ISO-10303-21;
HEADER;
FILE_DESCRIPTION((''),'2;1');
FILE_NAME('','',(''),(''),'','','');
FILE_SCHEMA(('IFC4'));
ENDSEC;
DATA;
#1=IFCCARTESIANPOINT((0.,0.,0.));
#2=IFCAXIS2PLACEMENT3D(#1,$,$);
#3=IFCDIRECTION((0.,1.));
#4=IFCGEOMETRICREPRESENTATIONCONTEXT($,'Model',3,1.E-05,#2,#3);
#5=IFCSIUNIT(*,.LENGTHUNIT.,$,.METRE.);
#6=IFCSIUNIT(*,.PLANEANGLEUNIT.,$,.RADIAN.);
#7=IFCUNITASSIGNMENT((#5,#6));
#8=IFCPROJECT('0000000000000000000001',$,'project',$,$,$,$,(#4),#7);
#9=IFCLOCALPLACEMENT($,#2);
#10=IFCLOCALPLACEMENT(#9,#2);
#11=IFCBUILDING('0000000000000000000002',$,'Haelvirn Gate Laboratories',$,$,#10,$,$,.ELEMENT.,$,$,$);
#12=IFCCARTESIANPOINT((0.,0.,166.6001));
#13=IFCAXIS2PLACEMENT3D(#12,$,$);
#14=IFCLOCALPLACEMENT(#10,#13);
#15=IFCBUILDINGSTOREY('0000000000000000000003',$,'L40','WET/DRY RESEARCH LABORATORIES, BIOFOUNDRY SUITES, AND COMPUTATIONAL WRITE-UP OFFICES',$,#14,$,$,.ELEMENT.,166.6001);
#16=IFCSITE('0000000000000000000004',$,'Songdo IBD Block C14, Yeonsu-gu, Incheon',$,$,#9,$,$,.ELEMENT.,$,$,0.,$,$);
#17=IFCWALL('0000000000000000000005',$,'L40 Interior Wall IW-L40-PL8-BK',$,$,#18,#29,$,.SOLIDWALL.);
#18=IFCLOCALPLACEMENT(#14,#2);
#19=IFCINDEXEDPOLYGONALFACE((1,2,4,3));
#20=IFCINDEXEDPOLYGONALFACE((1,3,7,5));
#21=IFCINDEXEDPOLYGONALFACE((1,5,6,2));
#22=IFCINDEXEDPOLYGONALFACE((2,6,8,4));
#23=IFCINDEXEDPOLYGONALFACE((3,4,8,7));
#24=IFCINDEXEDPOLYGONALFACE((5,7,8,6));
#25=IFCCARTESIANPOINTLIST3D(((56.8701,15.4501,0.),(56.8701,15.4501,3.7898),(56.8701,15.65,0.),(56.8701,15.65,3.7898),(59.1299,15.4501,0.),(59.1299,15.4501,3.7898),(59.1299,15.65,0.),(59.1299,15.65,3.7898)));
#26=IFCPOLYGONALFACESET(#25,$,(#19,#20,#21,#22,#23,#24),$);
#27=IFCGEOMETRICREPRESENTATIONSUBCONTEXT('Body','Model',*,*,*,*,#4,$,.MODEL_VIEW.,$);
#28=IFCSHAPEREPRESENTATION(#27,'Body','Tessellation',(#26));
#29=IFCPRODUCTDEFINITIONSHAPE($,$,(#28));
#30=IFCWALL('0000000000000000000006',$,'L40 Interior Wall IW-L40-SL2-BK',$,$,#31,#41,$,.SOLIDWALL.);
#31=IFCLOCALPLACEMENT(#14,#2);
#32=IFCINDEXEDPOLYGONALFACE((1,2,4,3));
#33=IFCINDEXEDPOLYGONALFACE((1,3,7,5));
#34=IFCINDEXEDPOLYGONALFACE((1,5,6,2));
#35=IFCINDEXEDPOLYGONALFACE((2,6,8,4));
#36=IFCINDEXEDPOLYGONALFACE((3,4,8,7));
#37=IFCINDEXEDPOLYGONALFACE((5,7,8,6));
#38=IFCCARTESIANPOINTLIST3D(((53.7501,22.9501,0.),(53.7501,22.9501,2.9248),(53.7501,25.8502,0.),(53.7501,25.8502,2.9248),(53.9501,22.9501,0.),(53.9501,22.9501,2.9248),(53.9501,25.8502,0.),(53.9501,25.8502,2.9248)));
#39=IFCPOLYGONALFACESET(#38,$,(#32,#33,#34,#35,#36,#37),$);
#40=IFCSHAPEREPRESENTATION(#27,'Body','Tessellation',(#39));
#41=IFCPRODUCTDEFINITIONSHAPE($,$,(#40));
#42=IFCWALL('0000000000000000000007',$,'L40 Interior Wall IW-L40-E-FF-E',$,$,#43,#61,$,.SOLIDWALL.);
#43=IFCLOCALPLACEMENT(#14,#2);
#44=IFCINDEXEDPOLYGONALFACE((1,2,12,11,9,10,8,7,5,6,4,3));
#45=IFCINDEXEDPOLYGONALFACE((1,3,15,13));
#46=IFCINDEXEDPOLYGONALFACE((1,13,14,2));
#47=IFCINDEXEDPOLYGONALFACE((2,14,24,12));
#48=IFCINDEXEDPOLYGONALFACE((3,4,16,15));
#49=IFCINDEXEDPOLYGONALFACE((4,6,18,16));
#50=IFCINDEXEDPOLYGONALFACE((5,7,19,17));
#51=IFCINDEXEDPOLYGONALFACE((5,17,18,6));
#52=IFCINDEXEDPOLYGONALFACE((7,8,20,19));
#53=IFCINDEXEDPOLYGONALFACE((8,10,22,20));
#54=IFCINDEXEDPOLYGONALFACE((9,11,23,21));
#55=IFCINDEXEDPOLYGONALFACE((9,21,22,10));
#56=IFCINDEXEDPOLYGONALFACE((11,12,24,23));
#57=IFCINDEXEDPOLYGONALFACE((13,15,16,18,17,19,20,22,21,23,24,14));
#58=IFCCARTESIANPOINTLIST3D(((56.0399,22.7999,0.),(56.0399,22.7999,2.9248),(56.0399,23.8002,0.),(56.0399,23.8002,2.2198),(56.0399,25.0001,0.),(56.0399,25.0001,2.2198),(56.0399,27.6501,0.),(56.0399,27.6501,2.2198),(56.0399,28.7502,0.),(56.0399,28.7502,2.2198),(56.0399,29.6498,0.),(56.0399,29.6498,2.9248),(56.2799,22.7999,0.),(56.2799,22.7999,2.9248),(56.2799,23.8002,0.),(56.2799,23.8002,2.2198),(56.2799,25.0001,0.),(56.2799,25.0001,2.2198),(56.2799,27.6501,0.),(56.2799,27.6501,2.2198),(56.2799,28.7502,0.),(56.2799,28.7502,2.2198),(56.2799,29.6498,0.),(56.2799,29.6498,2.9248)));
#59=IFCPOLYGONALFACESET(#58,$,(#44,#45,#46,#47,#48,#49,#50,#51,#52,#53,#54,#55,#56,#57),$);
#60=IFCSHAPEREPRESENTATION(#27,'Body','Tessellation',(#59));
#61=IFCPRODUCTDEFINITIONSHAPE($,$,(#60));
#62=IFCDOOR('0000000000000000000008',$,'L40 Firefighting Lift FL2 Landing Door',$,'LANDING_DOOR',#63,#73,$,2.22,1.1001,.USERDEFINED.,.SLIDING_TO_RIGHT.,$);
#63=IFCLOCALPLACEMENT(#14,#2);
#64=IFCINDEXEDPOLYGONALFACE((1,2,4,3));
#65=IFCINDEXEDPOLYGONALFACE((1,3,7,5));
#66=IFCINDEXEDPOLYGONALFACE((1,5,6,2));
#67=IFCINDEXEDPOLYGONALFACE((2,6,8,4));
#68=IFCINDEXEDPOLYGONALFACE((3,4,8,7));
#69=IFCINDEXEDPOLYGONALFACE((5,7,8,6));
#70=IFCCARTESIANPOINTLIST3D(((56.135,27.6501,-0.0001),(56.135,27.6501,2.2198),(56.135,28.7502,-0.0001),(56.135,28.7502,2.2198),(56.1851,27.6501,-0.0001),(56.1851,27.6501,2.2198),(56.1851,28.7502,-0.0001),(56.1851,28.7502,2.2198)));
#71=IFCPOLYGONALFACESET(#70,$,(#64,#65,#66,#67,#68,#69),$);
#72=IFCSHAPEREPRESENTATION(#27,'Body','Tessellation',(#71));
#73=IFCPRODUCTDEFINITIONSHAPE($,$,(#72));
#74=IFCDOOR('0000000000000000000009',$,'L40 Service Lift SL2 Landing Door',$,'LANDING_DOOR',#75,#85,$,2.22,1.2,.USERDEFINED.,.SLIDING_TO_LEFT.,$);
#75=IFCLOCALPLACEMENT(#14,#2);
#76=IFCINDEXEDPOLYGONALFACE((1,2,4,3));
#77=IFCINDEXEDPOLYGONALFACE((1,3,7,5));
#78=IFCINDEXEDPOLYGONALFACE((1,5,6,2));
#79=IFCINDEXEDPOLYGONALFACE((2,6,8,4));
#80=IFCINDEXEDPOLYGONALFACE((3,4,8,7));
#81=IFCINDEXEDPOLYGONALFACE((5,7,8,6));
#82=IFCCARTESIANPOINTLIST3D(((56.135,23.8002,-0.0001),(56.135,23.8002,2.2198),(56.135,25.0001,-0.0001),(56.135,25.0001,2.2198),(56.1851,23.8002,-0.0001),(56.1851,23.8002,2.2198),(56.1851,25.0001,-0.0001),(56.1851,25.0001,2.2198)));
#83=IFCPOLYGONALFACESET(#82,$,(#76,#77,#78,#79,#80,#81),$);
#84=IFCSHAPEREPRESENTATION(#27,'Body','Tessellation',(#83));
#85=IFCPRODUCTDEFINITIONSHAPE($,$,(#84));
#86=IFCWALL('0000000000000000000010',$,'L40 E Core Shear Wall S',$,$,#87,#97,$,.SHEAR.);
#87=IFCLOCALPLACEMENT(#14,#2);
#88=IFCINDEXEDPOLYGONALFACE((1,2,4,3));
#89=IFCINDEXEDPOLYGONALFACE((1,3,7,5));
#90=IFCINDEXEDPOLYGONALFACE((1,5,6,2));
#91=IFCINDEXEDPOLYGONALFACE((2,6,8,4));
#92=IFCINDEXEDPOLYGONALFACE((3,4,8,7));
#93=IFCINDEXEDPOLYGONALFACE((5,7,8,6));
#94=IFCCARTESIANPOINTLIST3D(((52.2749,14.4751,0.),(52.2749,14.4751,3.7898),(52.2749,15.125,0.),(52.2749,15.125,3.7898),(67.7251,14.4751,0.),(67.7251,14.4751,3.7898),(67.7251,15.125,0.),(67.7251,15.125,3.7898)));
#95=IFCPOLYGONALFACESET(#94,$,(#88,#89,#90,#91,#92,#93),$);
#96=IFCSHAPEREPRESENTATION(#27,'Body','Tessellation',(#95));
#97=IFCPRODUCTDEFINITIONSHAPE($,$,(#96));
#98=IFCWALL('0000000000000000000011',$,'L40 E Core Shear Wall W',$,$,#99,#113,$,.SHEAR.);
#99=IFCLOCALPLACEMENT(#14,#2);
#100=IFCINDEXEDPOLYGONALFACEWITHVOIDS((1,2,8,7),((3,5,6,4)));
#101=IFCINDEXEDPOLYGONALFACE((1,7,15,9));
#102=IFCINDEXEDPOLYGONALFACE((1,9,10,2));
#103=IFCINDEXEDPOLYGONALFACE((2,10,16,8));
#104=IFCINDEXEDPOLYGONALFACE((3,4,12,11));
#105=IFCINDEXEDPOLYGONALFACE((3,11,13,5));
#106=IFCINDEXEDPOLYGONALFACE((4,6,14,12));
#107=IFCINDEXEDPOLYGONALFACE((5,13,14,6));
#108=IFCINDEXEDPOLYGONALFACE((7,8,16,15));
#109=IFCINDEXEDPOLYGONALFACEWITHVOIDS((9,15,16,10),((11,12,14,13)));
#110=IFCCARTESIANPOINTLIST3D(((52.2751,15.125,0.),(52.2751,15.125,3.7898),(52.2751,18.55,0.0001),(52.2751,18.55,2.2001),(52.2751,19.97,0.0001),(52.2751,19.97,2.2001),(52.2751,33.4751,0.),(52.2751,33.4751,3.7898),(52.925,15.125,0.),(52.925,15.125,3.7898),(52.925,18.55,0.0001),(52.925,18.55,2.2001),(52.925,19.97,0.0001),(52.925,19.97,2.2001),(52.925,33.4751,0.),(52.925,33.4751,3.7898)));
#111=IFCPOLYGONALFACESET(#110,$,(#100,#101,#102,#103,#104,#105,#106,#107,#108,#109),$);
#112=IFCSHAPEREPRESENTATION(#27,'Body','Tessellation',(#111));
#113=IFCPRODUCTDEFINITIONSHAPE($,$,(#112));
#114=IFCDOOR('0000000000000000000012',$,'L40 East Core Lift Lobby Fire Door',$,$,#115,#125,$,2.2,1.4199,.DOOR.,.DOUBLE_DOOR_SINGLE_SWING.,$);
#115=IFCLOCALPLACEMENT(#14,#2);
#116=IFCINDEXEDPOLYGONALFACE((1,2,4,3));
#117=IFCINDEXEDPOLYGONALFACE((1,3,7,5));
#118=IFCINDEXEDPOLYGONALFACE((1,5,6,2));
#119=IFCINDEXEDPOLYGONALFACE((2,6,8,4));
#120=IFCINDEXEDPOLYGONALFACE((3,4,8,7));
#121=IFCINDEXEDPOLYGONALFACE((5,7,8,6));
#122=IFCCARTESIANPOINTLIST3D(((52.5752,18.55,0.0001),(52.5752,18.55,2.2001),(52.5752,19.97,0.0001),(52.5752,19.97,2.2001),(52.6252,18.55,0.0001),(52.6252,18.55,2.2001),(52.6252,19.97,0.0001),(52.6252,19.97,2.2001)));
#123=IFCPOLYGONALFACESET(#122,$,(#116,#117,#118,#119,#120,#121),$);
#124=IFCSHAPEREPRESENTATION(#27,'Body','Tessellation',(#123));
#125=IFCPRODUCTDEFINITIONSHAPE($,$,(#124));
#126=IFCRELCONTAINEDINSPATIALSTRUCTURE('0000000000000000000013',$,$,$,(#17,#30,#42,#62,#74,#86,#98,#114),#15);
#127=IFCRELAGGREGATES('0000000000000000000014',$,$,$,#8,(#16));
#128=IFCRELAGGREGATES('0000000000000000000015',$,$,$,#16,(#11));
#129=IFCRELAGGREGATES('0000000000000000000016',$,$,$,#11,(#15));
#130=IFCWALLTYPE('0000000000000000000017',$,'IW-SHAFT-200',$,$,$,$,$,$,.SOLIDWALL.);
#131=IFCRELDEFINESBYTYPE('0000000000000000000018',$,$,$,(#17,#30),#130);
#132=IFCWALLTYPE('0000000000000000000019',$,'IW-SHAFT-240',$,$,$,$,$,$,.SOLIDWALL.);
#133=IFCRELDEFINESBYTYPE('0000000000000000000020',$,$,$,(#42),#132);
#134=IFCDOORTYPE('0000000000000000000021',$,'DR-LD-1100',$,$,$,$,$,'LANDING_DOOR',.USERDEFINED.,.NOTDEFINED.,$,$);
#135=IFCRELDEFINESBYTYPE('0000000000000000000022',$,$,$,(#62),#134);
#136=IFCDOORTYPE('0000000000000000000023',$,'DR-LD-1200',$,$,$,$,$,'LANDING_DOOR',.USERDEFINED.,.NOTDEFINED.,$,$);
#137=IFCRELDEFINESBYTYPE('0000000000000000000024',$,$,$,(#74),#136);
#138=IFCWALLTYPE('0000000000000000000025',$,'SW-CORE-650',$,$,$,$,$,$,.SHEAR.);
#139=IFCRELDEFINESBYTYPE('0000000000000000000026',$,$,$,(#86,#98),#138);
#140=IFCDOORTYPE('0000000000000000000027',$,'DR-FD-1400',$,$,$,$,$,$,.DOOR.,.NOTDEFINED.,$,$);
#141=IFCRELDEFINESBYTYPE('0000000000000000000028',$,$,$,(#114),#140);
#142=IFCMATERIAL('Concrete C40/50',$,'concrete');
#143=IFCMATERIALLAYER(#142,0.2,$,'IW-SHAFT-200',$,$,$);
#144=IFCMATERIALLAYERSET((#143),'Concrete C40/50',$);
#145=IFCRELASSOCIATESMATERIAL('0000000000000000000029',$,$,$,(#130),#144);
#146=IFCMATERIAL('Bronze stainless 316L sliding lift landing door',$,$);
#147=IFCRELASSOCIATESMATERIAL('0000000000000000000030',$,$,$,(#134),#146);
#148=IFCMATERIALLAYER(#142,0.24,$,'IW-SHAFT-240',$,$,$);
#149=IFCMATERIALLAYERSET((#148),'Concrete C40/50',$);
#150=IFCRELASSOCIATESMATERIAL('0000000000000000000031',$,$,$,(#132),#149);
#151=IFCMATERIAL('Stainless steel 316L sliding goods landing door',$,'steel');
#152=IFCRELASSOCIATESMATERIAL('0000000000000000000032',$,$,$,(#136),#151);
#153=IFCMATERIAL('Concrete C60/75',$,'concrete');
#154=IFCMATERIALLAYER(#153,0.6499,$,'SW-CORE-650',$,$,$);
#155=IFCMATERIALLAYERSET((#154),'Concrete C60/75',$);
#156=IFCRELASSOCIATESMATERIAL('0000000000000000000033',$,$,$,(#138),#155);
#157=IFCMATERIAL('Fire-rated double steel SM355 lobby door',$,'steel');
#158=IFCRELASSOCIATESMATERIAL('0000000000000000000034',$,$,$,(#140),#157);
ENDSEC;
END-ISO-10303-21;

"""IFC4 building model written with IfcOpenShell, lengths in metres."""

from ifc_helpers import new_model, si_unit, direction, frame, frame_2d, origin, place, context, subcontext, project, spatial, rectangle, extrude, source, transform, mapped, material, layer, layer_set, type_object, type_shapes, element, fill, save


model = new_model("IFC4")

# Units and contexts
model_context = context("Model", 3, precision=1e-05, world=origin(), true_north=direction((0.0, 1.0)))
body_context = subcontext(model_context, "Body", "Model", "MODEL_VIEW")
ifc_project = project(units=[si_unit("LENGTHUNIT", "METRE"), si_unit("PLANEANGLEUNIT", "RADIAN")], contexts=[model_context])

# Site, building, storey
site_placement = place(None, origin())
site = spatial("IfcSite", under=ifc_project, at=site_placement, Name="Songdo IBD Block C14, Yeonsu-gu, Incheon", CompositionType="ELEMENT", RefElevation=0.0)
building_placement = place(site_placement, origin())
building = spatial("IfcBuilding", under=site, at=building_placement, Name="Haelvirn Gate Laboratories", CompositionType="ELEMENT")
storey_placement = place(building_placement, frame((0.0, 0.0, 166.6001)))
storey = spatial("IfcBuildingStorey", under=building, at=storey_placement, Name="L40", Description="WET/DRY RESEARCH LABORATORIES, BIOFOUNDRY SUITES, AND COMPUTATIONAL WRITE-UP OFFICES", CompositionType="ELEMENT", Elevation=166.6001)

# Shared definitions
ifc_material_1 = material(Name="Concrete C60/75", Category="concrete")

# Shared definitions
ifc_material_2 = material(Name="Concrete C40/50", Category="concrete")

# Shared definitions
ifc_layer_1 = layer(ifc_material_2, 0.2, Name="IW-SHAFT-200")
ifc_layer_set_1 = layer_set([ifc_layer_1], Name="Concrete C40/50")
wall_type_1 = type_object("IfcWallType", Name="IW-SHAFT-200", PredefinedType="SOLIDWALL", material=ifc_layer_set_1)
ifc_material_3 = material(Name="Bronze stainless 316L sliding lift landing door")
door_type_1 = type_object("IfcDoorType", Name="DR-LD-1100", ElementType="LANDING_DOOR", OperationType="NOTDEFINED", PredefinedType="USERDEFINED", material=ifc_material_3)
shared_shape_1 = source(origin(), body_context, "Body", "SweptSolid", [
    extrude(rectangle(XDim=1.1001, YDim=2.22, at=frame_2d((0.55, 1.1099))), frame((0.0, 0.0249, 0.0), z_axis=(0.0, -1.0, 0.0), x_axis=(1.0, 0.0, 0.0)), (0.0, 0.0, 1.0), 0.05),
])
type_shapes(door_type_1, [shared_shape_1])

# Walls
wall_1_placement = place(storey_placement, frame((56.8701, 15.55, 0.0), z_axis=(0.0, 0.0, 1.0), x_axis=(1.0, 0.0, 0.0)))
element("IfcWall", 1, at=wall_1_placement, inside=storey, type_object=wall_type_1, Name="L40 Interior Wall IW-L40-PL8-BK", PredefinedType="SOLIDWALL", context=body_context, shape_type="SweptSolid", body=[
    extrude(rectangle(XDim=2.2598, YDim=0.2, at=frame_2d((1.1299, 0.0))), origin(), (0.0, 0.0, 1.0), 3.7898),
])
wall_2_placement = place(storey_placement, frame((53.8501, 22.95, 0.0), z_axis=(0.0, 0.0, 1.0), x_axis=(0.0, 1.0, 0.0)))
element("IfcWall", 2, at=wall_2_placement, inside=storey, type_object=wall_type_1, Name="L40 Interior Wall IW-L40-SL2-BK", PredefinedType="SOLIDWALL", context=body_context, shape_type="SweptSolid", body=[
    extrude(rectangle(XDim=2.9001, YDim=0.2, at=frame_2d((1.4502, 0.0))), origin(), (0.0, 0.0, 1.0), 2.9248),
])

# Wall, openings, doors
ifc_layer_2 = layer(ifc_material_2, 0.24, Name="IW-SHAFT-240")
ifc_layer_set_2 = layer_set([ifc_layer_2], Name="Concrete C40/50")
wall_type_2 = type_object("IfcWallType", Name="IW-SHAFT-240", PredefinedType="SOLIDWALL", material=ifc_layer_set_2)
wall_3_placement = place(storey_placement, frame((56.1599, 22.8, 0.0), z_axis=(0.0, 0.0, 1.0), x_axis=(0.0, 1.0, 0.0)))
wall_3 = element("IfcWall", 3, at=wall_3_placement, inside=storey, type_object=wall_type_2, Name="L40 Interior Wall IW-L40-E-FF-E", PredefinedType="SOLIDWALL", context=body_context, shape_type="SweptSolid", body=[
    extrude(rectangle(XDim=6.8499, YDim=0.24, at=frame_2d((3.4248, 0.0))), origin(), (0.0, 0.0, 1.0), 2.9248),
])
opening_1_placement = place(wall_3_placement, frame((4.8501, 0.0, 0.0)))
opening_1 = element("IfcOpeningElement", 4, at=opening_1_placement, cuts=wall_3, PredefinedType="OPENING", context=body_context, shape_type="SweptSolid", body=[
    extrude(rectangle(XDim=1.1001, YDim=2.22, at=frame_2d((0.55, 1.1099))), frame((0.0, 0.1299, 0.0), z_axis=(0.0, -1.0, 0.0), x_axis=(1.0, 0.0, 0.0)), (0.0, 0.0, 1.0), 0.26),
])
opening_2_placement = place(wall_3_placement, frame((1.0, 0.0, 0.0)))
opening_2 = element("IfcOpeningElement", 5, at=opening_2_placement, cuts=wall_3, PredefinedType="OPENING", context=body_context, shape_type="SweptSolid", body=[
    extrude(rectangle(XDim=1.2, YDim=2.22, at=frame_2d((0.6001, 1.1099))), frame((0.0, 0.1299, 0.0), z_axis=(0.0, -1.0, 0.0), x_axis=(1.0, 0.0, 0.0)), (0.0, 0.0, 1.0), 0.26),
])
door_1_placement = place(opening_1_placement, origin())
door_1 = element("IfcDoor", 6, at=door_1_placement, inside=storey, type_object=door_type_1, Name="L40 Firefighting Lift FL2 Landing Door", ObjectType="LANDING_DOOR", OperationType="SLIDING_TO_RIGHT", OverallHeight=2.22, OverallWidth=1.1001, PredefinedType="USERDEFINED", context=body_context, shape_type="MappedRepresentation", body=[
    mapped(shared_shape_1, transform((0.0, 0.0, 0.0), scale=1.0)),
])
fill(opening_1, door_1)
ifc_material_4 = material(Name="Stainless steel 316L sliding goods landing door", Category="steel")
door_type_2 = type_object("IfcDoorType", Name="DR-LD-1200", ElementType="LANDING_DOOR", OperationType="NOTDEFINED", PredefinedType="USERDEFINED", material=ifc_material_4)
shared_shape_2 = source(origin(), body_context, "Body", "SweptSolid", [
    extrude(rectangle(XDim=1.2, YDim=2.22, at=frame_2d((0.6001, 1.1099))), frame((0.0, 0.0249, 0.0), z_axis=(0.0, -1.0, 0.0), x_axis=(1.0, 0.0, 0.0)), (0.0, 0.0, 1.0), 0.05),
])
type_shapes(door_type_2, [shared_shape_2])
door_2_placement = place(opening_2_placement, origin())
door_2 = element("IfcDoor", 7, at=door_2_placement, inside=storey, type_object=door_type_2, Name="L40 Service Lift SL2 Landing Door", ObjectType="LANDING_DOOR", OperationType="SLIDING_TO_LEFT", OverallHeight=2.22, OverallWidth=1.2, PredefinedType="USERDEFINED", context=body_context, shape_type="MappedRepresentation", body=[
    mapped(shared_shape_2, transform((0.0, 0.0, 0.0), scale=1.0)),
])
fill(opening_2, door_2)

# Wall
ifc_layer_3 = layer(ifc_material_1, 0.6499, Name="SW-CORE-650")
ifc_layer_set_3 = layer_set([ifc_layer_3], Name="Concrete C60/75")
wall_type_3 = type_object("IfcWallType", Name="SW-CORE-650", PredefinedType="SHEAR", material=ifc_layer_set_3)
wall_4_placement = place(storey_placement, frame((52.2749, 14.8, 0.0), z_axis=(0.0, 0.0, 1.0), x_axis=(1.0, 0.0, 0.0)))
element("IfcWall", 8, at=wall_4_placement, inside=storey, type_object=wall_type_3, Name="L40 E Core Shear Wall S", PredefinedType="SHEAR", context=body_context, shape_type="SweptSolid", body=[
    extrude(rectangle(XDim=15.4502, YDim=0.6499, at=frame_2d((7.7251, 0.0))), origin(), (0.0, 0.0, 1.0), 3.7898),
])

# Wall, opening, door
wall_5_placement = place(storey_placement, frame((52.6001, 15.125, 0.0), z_axis=(0.0, 0.0, 1.0), x_axis=(0.0, 1.0, 0.0)))
wall_5 = element("IfcWall", 9, at=wall_5_placement, inside=storey, type_object=wall_type_3, Name="L40 E Core Shear Wall W", PredefinedType="SHEAR", context=body_context, shape_type="SweptSolid", body=[
    extrude(rectangle(XDim=18.3501, YDim=0.6499, at=frame_2d((9.175, 0.0))), origin(), (0.0, 0.0, 1.0), 3.7898),
])
opening_3_placement = place(wall_5_placement, frame((3.425, 0.0, 0.0)))
opening_3 = element("IfcOpeningElement", 10, at=opening_3_placement, cuts=wall_5, PredefinedType="OPENING", context=body_context, shape_type="SweptSolid", body=[
    extrude(rectangle(XDim=1.4199, YDim=2.2, at=frame_2d((0.71, 1.1001))), frame((0.0, 0.335, 0.0), z_axis=(0.0, -1.0, 0.0), x_axis=(1.0, 0.0, 0.0)), (0.0, 0.0, 1.0), 0.6699),
])
ifc_material_5 = material(Name="Fire-rated double steel SM355 lobby door", Category="steel")
door_type_3 = type_object("IfcDoorType", Name="DR-FD-1400", OperationType="NOTDEFINED", PredefinedType="DOOR", material=ifc_material_5)
shared_shape_3 = source(origin(), body_context, "Body", "SweptSolid", [
    extrude(rectangle(XDim=1.4199, YDim=2.2, at=frame_2d((0.71, 1.1001))), frame((0.0, 0.0249, 0.0), z_axis=(0.0, -1.0, 0.0), x_axis=(1.0, 0.0, 0.0)), (0.0, 0.0, 1.0), 0.05),
])
type_shapes(door_type_3, [shared_shape_3])
door_3_placement = place(opening_3_placement, origin())
door_3 = element("IfcDoor", 11, at=door_3_placement, inside=storey, type_object=door_type_3, Name="L40 East Core Lift Lobby Fire Door", OperationType="DOUBLE_DOOR_SINGLE_SWING", OverallHeight=2.2, OverallWidth=1.4199, PredefinedType="DOOR", context=body_context, shape_type="MappedRepresentation", body=[
    mapped(shared_shape_3, transform((0.0, 0.0, 0.0), scale=1.0)),
])
fill(opening_3, door_3)

save(model, "model.ifc")
